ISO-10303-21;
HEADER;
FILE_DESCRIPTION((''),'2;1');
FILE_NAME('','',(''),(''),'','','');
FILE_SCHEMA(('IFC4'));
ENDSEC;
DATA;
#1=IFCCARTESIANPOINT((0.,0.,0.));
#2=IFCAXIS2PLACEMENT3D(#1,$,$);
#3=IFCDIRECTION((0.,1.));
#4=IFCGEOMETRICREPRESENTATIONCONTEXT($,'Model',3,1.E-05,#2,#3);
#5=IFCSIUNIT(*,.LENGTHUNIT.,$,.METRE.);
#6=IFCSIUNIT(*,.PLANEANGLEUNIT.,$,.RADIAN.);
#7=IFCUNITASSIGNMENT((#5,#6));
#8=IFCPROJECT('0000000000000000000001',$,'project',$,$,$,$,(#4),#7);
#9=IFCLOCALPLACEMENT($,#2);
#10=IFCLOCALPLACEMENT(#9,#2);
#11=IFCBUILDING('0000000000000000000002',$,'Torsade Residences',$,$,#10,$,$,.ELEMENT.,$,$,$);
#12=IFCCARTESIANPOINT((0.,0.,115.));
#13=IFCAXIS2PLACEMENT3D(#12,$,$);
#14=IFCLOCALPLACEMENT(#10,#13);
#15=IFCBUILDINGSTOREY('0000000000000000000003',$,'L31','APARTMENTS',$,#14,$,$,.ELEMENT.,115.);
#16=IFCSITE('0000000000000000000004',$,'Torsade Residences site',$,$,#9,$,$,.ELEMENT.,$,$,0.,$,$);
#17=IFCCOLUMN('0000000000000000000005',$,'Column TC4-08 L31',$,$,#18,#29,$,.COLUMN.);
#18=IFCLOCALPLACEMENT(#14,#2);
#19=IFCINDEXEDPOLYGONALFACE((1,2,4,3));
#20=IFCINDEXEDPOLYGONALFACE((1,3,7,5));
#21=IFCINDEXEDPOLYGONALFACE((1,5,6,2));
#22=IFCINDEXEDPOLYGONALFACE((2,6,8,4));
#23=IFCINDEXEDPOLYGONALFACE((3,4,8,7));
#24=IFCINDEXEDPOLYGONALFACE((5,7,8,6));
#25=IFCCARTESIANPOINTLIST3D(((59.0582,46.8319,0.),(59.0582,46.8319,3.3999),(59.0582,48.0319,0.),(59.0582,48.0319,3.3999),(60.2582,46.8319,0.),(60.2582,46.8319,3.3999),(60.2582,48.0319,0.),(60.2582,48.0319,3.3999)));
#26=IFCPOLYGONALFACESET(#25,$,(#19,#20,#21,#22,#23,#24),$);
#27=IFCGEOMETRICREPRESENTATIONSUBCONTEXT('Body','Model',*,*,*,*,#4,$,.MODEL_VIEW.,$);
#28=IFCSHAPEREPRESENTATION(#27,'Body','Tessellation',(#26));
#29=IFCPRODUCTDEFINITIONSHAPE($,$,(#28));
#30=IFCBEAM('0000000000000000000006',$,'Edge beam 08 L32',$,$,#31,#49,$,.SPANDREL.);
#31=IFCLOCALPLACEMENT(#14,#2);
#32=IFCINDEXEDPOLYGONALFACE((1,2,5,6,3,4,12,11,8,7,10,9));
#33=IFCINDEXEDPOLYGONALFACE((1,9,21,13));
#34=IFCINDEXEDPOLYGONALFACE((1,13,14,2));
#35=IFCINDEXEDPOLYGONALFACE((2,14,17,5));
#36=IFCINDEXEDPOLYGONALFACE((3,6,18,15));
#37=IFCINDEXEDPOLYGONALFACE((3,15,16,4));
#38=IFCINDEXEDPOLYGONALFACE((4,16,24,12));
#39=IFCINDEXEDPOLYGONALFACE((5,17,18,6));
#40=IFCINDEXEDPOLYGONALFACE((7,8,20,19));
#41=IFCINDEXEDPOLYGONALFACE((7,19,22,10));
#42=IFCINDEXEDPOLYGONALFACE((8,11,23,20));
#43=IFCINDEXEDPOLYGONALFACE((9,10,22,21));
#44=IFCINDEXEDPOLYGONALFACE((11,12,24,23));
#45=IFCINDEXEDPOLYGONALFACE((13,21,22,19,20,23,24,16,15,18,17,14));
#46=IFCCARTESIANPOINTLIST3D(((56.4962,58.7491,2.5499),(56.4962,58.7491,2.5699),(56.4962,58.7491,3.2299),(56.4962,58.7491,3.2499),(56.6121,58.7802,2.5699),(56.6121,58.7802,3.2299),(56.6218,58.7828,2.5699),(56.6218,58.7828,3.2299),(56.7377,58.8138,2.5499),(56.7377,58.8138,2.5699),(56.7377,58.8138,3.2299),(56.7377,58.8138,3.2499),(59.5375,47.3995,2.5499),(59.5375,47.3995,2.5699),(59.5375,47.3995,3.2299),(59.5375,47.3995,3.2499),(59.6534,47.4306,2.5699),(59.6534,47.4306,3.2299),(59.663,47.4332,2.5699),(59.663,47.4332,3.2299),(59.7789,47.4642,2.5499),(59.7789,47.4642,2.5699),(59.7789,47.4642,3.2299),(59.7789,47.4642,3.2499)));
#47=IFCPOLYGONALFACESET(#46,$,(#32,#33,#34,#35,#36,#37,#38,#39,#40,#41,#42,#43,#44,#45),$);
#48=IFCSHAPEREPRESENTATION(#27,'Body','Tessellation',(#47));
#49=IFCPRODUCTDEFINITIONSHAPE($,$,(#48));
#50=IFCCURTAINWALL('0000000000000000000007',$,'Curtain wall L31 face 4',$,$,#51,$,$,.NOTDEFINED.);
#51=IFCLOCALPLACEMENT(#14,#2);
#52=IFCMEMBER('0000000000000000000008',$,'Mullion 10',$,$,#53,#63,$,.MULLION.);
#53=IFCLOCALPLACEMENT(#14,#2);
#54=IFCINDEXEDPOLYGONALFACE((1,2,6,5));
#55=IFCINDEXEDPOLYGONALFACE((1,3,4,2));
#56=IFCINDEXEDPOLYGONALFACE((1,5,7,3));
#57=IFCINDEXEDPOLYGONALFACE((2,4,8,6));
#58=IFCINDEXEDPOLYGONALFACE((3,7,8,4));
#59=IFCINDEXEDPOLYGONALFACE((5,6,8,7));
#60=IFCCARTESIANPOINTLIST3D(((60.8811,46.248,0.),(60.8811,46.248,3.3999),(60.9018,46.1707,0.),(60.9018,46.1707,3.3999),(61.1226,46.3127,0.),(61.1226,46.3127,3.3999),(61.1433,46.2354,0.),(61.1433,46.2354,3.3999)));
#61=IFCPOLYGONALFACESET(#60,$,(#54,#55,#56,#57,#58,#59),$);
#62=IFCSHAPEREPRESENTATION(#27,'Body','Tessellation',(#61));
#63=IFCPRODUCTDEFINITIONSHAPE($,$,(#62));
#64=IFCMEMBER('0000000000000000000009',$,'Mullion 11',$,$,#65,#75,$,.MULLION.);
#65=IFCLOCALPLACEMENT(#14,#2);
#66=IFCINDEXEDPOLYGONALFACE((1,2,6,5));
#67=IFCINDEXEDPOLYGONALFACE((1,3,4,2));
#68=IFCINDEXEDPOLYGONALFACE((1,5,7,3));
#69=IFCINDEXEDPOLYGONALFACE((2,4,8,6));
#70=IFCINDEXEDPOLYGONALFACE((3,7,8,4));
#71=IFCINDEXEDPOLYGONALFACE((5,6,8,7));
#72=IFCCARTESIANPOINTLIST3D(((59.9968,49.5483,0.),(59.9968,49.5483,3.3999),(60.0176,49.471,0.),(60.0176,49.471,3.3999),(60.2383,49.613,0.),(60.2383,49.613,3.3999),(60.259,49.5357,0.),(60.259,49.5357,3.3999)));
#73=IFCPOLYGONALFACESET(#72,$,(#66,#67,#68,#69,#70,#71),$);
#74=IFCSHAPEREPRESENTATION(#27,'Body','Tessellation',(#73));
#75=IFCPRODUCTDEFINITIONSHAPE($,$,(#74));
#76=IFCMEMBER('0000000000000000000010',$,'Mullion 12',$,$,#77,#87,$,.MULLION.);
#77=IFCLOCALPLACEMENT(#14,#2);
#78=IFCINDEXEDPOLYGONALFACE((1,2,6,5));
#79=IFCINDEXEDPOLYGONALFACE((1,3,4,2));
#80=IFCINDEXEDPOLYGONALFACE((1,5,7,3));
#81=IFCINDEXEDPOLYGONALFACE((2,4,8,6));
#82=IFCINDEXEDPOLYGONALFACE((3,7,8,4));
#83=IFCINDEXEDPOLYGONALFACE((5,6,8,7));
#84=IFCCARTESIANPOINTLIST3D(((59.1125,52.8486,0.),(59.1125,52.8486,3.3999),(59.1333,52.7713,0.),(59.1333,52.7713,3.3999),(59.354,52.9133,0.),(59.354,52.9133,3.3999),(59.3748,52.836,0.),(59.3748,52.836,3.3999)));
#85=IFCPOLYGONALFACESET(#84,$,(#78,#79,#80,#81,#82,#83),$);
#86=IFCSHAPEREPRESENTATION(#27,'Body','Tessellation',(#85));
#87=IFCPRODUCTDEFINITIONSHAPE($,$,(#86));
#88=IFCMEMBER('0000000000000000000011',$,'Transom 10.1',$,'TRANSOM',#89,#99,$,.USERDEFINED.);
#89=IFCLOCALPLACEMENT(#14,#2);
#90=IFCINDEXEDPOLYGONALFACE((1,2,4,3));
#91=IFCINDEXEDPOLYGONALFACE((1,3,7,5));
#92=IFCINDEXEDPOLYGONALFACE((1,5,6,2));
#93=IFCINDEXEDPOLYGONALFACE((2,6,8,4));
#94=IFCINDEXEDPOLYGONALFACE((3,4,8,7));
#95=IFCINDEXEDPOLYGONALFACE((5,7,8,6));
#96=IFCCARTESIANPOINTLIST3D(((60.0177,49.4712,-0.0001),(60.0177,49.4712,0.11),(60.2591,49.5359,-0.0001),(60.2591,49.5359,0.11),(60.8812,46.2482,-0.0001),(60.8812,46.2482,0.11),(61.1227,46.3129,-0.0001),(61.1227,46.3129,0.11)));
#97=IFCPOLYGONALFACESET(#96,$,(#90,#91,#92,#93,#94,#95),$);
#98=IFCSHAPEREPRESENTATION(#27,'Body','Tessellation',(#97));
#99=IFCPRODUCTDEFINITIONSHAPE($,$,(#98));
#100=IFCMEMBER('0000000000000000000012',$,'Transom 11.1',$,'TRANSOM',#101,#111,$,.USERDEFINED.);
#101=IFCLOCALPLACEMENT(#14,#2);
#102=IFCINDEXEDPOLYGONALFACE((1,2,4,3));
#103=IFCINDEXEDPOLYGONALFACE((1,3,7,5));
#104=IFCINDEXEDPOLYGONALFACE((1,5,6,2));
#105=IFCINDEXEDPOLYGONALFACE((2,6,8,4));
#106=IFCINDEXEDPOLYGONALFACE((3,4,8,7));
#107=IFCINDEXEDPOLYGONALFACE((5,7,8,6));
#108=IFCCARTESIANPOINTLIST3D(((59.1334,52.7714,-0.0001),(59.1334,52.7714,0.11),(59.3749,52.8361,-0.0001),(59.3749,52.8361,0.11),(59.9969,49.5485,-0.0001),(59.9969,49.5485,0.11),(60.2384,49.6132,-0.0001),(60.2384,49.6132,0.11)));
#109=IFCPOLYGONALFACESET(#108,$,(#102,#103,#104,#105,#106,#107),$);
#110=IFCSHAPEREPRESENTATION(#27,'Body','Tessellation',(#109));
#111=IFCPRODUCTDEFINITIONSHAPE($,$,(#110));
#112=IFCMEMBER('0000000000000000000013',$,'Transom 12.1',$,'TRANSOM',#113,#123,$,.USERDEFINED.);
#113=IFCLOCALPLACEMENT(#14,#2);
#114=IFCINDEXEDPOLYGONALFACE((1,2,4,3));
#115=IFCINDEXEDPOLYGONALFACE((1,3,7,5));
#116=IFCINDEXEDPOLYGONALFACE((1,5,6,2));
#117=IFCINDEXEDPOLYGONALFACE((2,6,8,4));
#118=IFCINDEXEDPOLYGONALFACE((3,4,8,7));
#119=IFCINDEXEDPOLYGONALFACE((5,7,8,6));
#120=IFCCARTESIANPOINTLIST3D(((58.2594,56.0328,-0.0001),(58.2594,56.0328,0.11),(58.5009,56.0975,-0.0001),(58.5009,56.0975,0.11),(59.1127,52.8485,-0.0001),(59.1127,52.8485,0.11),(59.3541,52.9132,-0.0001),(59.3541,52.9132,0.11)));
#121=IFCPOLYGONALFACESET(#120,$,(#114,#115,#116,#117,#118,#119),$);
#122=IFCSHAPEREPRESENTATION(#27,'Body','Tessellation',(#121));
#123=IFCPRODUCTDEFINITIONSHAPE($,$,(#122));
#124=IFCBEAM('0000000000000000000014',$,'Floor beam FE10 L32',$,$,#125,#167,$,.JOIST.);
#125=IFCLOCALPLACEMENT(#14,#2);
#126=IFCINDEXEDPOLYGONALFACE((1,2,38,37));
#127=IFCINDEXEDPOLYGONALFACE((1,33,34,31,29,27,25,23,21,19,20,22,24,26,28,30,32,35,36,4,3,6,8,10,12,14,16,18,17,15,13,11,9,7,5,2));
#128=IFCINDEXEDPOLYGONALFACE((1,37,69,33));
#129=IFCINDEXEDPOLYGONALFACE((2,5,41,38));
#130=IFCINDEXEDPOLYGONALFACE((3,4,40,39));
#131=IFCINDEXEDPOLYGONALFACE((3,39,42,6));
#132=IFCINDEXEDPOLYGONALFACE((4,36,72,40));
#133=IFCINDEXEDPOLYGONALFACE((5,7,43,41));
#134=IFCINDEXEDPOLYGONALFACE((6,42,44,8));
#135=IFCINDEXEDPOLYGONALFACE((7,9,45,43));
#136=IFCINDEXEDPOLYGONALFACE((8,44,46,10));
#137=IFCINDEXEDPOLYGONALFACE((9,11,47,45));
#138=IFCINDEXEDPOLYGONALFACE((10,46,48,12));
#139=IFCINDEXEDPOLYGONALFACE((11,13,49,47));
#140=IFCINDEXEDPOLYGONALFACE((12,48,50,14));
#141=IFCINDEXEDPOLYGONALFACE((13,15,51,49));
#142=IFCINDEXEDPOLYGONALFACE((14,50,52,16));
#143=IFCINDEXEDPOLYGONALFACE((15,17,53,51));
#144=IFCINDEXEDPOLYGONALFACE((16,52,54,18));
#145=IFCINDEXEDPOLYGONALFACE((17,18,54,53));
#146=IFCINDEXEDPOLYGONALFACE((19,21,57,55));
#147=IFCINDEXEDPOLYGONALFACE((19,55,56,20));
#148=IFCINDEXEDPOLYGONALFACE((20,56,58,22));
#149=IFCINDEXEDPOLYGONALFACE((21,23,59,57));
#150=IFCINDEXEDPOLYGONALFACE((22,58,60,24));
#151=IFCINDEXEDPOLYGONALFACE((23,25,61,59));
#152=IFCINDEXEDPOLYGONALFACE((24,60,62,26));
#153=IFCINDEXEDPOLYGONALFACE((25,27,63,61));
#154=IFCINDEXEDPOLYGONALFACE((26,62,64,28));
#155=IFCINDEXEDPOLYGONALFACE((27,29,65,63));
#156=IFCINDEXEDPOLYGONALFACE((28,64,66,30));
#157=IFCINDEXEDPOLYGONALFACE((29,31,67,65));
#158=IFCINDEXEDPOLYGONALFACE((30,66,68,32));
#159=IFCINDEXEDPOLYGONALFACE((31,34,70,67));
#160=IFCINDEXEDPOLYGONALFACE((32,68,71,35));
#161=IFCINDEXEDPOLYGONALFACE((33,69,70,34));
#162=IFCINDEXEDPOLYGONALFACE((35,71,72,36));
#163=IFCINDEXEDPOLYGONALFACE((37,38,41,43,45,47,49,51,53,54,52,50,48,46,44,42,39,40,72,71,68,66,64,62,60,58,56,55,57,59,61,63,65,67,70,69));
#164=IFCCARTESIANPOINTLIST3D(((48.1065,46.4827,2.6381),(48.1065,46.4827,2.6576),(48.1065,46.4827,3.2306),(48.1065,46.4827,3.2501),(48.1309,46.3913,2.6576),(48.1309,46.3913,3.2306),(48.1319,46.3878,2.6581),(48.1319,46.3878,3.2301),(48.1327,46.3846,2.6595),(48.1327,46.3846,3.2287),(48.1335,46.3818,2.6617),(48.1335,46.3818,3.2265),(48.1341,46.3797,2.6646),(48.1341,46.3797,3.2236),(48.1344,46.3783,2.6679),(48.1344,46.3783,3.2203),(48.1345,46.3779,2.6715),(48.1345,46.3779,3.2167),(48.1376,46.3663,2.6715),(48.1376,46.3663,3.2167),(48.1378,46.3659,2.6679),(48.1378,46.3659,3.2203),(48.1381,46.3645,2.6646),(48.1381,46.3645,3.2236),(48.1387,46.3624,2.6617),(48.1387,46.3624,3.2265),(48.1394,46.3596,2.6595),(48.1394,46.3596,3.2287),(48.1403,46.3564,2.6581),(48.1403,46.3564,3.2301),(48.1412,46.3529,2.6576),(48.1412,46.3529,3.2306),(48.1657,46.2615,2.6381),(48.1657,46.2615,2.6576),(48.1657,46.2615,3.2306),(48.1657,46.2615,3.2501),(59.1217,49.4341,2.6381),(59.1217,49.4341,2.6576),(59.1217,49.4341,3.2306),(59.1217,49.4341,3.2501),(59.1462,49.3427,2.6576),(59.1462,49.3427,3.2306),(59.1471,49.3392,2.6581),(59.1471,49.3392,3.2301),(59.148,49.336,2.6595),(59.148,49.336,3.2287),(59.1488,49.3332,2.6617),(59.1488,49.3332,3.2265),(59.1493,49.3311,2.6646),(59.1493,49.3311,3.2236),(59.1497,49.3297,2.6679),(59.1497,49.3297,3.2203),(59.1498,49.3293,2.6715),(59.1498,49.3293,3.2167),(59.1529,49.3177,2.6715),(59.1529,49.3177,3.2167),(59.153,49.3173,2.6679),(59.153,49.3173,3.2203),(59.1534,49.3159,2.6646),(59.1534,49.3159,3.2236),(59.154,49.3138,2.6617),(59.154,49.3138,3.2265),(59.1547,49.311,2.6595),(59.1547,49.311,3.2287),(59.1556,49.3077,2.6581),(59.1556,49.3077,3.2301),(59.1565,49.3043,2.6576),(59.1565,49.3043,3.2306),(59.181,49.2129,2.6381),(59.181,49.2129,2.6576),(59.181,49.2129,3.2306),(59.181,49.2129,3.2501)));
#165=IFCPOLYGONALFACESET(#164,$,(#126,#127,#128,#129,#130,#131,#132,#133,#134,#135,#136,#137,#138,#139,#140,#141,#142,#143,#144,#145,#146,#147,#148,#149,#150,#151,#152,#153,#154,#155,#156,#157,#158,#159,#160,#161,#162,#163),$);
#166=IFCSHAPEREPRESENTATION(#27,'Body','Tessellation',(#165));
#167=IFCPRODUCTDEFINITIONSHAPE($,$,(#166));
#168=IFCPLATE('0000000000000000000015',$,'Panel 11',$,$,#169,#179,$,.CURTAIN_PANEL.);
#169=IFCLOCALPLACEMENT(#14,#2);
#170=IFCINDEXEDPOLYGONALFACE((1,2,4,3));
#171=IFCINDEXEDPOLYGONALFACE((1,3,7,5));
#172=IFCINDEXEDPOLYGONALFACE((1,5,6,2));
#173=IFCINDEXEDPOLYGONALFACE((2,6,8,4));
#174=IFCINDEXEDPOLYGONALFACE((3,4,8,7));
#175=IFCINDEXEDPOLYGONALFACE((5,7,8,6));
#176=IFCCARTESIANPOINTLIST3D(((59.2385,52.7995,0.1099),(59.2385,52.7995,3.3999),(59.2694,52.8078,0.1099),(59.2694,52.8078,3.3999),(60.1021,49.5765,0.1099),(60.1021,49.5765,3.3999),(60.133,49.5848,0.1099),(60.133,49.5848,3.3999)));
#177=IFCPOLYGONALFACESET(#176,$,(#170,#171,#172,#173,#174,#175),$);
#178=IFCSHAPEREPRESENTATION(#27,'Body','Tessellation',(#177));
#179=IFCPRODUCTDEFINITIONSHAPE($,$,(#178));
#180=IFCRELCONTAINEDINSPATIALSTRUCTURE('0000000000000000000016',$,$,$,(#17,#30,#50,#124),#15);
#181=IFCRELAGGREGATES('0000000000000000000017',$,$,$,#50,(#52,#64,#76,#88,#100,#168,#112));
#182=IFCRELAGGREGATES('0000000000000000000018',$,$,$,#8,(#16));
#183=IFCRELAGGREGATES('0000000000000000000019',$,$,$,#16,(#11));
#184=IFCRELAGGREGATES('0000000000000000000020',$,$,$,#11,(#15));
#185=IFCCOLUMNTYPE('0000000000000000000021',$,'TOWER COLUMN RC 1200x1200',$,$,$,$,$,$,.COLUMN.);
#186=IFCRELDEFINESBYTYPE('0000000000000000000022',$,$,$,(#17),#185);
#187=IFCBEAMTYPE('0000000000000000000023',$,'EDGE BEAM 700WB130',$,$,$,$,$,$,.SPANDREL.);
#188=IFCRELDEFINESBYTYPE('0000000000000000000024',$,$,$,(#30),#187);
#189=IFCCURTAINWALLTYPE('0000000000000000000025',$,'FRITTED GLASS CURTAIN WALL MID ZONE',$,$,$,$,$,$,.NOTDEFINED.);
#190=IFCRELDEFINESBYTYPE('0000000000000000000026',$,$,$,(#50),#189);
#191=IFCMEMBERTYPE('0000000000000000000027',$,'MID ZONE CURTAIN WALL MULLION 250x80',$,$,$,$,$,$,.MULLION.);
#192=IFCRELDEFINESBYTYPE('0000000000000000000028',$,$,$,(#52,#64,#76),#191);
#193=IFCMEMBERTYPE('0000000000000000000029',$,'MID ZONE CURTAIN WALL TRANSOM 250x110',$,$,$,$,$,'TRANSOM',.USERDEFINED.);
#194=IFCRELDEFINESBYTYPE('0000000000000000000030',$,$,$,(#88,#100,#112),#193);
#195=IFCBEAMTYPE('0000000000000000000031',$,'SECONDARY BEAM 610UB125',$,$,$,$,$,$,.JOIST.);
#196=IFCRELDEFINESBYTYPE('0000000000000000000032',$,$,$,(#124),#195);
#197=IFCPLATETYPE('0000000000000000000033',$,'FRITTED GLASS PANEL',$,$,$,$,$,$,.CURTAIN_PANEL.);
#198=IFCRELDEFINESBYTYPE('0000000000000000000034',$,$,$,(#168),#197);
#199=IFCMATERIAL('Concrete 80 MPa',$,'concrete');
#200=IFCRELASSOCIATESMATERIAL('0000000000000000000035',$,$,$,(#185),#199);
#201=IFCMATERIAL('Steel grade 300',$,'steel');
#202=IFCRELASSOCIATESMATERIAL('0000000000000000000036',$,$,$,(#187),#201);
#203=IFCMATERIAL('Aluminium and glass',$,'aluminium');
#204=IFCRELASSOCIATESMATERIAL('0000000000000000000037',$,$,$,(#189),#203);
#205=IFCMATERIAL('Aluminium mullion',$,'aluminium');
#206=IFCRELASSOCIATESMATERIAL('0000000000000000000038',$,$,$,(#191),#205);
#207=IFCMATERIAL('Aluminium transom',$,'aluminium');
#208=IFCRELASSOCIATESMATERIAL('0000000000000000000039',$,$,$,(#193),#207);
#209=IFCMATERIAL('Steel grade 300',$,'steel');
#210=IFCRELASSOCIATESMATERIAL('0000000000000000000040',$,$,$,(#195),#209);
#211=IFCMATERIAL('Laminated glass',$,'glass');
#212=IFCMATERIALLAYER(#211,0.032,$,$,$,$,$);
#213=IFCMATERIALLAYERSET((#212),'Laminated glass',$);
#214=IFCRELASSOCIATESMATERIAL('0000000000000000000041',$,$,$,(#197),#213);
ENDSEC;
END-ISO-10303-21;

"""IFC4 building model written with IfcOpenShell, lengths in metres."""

from ifc_helpers import new_model, si_unit, direction, frame, origin, origin_2d, place, context, subcontext, project, spatial, rectangle, i_section, extrude, material, layer, layer_set, material_profile, profile_set, type_object, element, aggregate, save


model = new_model("IFC4")

# Units and contexts
model_context = context("Model", 3, precision=1e-05, world=origin(), true_north=direction((0.0, 1.0)))
body_context = subcontext(model_context, "Body", "Model", "MODEL_VIEW")
ifc_project = project(units=[si_unit("LENGTHUNIT", "METRE"), si_unit("PLANEANGLEUNIT", "RADIAN")], contexts=[model_context])

# Site, building, storey
site_placement = place(None, origin())
site = spatial("IfcSite", under=ifc_project, at=site_placement, Name="Torsade Residences site", CompositionType="ELEMENT", RefElevation=0.0)
building_placement = place(site_placement, origin())
building = spatial("IfcBuilding", under=site, at=building_placement, Name="Torsade Residences", CompositionType="ELEMENT")
storey_placement = place(building_placement, frame((0.0, 0.0, 115.0)))
storey = spatial("IfcBuildingStorey", under=building, at=storey_placement, Name="L31", Description="APARTMENTS", CompositionType="ELEMENT", Elevation=115.0)

# Column
ifc_material_1 = material(Name="Concrete 80 MPa", Category="concrete")
ifc_material_profile_1 = material_profile(ifc_material_1, rectangle(XDim=1.2, YDim=1.2, at=origin_2d()), Name="RC 1200x1200")
ifc_profile_set_1 = profile_set([ifc_material_profile_1], Name="Concrete 80 MPa")
column_type = type_object("IfcColumnType", Name="TOWER COLUMN RC 1200x1200", PredefinedType="COLUMN", material=ifc_profile_set_1)
column_placement = place(storey_placement, frame((59.6582, 47.4319, 0.0), z_axis=(0.0, 0.0, 1.0), x_axis=(1.0, 0.0, 0.0)))
element("IfcColumn", 1, at=column_placement, inside=storey, type_object=column_type, Name="Column TC4-08 L31", PredefinedType="COLUMN", context=body_context, shape_type="SweptSolid", body=[
    extrude(rectangle(XDim=1.2, YDim=1.2, at=origin_2d()), origin(), (0.0, 0.0, 1.0), 3.3999),
])

# Beam
ifc_material_2 = material(Name="Steel grade 300", Category="steel")
ifc_material_profile_2 = material_profile(ifc_material_2, i_section(OverallWidth=0.25, OverallDepth=0.7, WebThickness=0.01, FlangeThickness=0.02, at=origin_2d()), Name="700WB130")
ifc_profile_set_2 = profile_set([ifc_material_profile_2], Name="Steel grade 300")
beam_type_1 = type_object("IfcBeamType", Name="EDGE BEAM 700WB130", PredefinedType="SPANDREL", material=ifc_profile_set_2)
beam_1_placement = place(storey_placement, frame((59.6582, 47.4319, 2.8999), z_axis=(-0.25883, 0.965923, 0.0), x_axis=(-0.965923, -0.25883, 0.0)))
element("IfcBeam", 2, at=beam_1_placement, inside=storey, type_object=beam_type_1, Name="Edge beam 08 L32", PredefinedType="SPANDREL", context=body_context, shape_type="SweptSolid", body=[
    extrude(i_section(OverallWidth=0.25, OverallDepth=0.7, WebThickness=0.01, FlangeThickness=0.02, at=origin_2d()), origin(), (0.0, 0.0, 1.0), 11.75),
])

# Curtain wall, members
ifc_material_3 = material(Name="Aluminium and glass", Category="aluminium")
curtain_wall_type = type_object("IfcCurtainWallType", Name="FRITTED GLASS CURTAIN WALL MID ZONE", PredefinedType="NOTDEFINED", material=ifc_material_3)
curtain_wall_placement = place(storey_placement, origin())
curtain_wall = element("IfcCurtainWall", 3, at=curtain_wall_placement, inside=storey, type_object=curtain_wall_type, Name="Curtain wall L31 face 4", PredefinedType="NOTDEFINED")
ifc_material_4 = material(Name="Aluminium mullion", Category="aluminium")
ifc_material_profile_3 = material_profile(ifc_material_4, rectangle(XDim=0.25, YDim=0.0801, at=origin_2d()), Name="MID ZONE CURTAIN WALL MULLION 250x80")
ifc_profile_set_3 = profile_set([ifc_material_profile_3], Name="Aluminium mullion")
member_type_1 = type_object("IfcMemberType", Name="MID ZONE CURTAIN WALL MULLION 250x80", PredefinedType="MULLION", material=ifc_profile_set_3)
member_1_placement = place(storey_placement, frame((61.0122, 46.2417, 0.0), z_axis=(0.0, 0.0, 1.0), x_axis=(-0.965926, -0.258819, 0.0)))
member_1 = element("IfcMember", 4, at=member_1_placement, type_object=member_type_1, Name="Mullion 10", PredefinedType="MULLION", context=body_context, shape_type="SweptSolid", body=[
    extrude(rectangle(XDim=0.25, YDim=0.0801, at=origin_2d()), origin(), (0.0, 0.0, 1.0), 3.3999),
])
member_2_placement = place(storey_placement, frame((60.1279, 49.542, 0.0), z_axis=(0.0, 0.0, 1.0), x_axis=(-0.965926, -0.258819, 0.0)))
member_2 = element("IfcMember", 5, at=member_2_placement, type_object=member_type_1, Name="Mullion 11", PredefinedType="MULLION", context=body_context, shape_type="SweptSolid", body=[
    extrude(rectangle(XDim=0.25, YDim=0.0801, at=origin_2d()), origin(), (0.0, 0.0, 1.0), 3.3999),
])
member_3_placement = place(storey_placement, frame((59.2437, 52.8423, 0.0), z_axis=(0.0, 0.0, 1.0), x_axis=(-0.965926, -0.258819, 0.0)))
member_3 = element("IfcMember", 6, at=member_3_placement, type_object=member_type_1, Name="Mullion 12", PredefinedType="MULLION", context=body_context, shape_type="SweptSolid", body=[
    extrude(rectangle(XDim=0.25, YDim=0.0801, at=origin_2d()), origin(), (0.0, 0.0, 1.0), 3.3999),
])
ifc_material_5 = material(Name="Aluminium transom", Category="aluminium")
ifc_material_profile_4 = material_profile(ifc_material_5, rectangle(XDim=0.25, YDim=0.1101, at=origin_2d()), Name="MID ZONE CURTAIN WALL TRANSOM 250x110")
ifc_profile_set_4 = profile_set([ifc_material_profile_4], Name="Aluminium transom")
member_type_2 = type_object("IfcMemberType", Name="MID ZONE CURTAIN WALL TRANSOM 250x110", ElementType="TRANSOM", PredefinedType="USERDEFINED", material=ifc_profile_set_4)
member_4_placement = place(storey_placement, frame((61.002, 46.2805, 0.0549), z_axis=(-0.258806, 0.965929, 0.0), x_axis=(-0.965929, -0.258806, 0.0)))
member_4 = element("IfcMember", 7, at=member_4_placement, type_object=member_type_2, Name="Transom 10.1", ObjectType="TRANSOM", PredefinedType="USERDEFINED", context=body_context, shape_type="SweptSolid", body=[
    extrude(rectangle(XDim=0.25, YDim=0.1101, at=origin_2d()), origin(), (0.0, 0.0, 1.0), 3.3367),
])
member_5_placement = place(storey_placement, frame((60.1177, 49.5808, 0.0549), z_axis=(-0.258806, 0.965929, 0.0), x_axis=(-0.965929, -0.258806, 0.0)))
member_5 = element("IfcMember", 8, at=member_5_placement, type_object=member_type_2, Name="Transom 11.1", ObjectType="TRANSOM", PredefinedType="USERDEFINED", context=body_context, shape_type="SweptSolid", body=[
    extrude(rectangle(XDim=0.25, YDim=0.1101, at=origin_2d()), origin(), (0.0, 0.0, 1.0), 3.3367),
])
member_6_placement = place(storey_placement, frame((59.2334, 52.8809, 0.0549), z_axis=(-0.258829, 0.965923, 0.0), x_axis=(-0.965923, -0.258829, 0.0)))
member_6 = element("IfcMember", 9, at=member_6_placement, type_object=member_type_2, Name="Transom 12.1", ObjectType="TRANSOM", PredefinedType="USERDEFINED", context=body_context, shape_type="SweptSolid", body=[
    extrude(rectangle(XDim=0.25, YDim=0.1101, at=origin_2d()), origin(), (0.0, 0.0, 1.0), 3.2966),
])

# Beam
ifc_material_6 = material(Name="Steel grade 300", Category="steel")
ifc_material_profile_5 = material_profile(ifc_material_6, i_section(OverallWidth=0.229, OverallDepth=0.6121, WebThickness=0.012, FlangeThickness=0.0195, FilletRadius=0.0139, at=origin_2d()), Name="610UB125")
ifc_profile_set_5 = profile_set([ifc_material_profile_5], Name="Steel grade 300")
beam_type_2 = type_object("IfcBeamType", Name="SECONDARY BEAM 610UB125", PredefinedType="JOIST", material=ifc_profile_set_5)
beam_2_placement = place(storey_placement, frame((59.1514, 49.3235, 2.9441), z_axis=(-0.965929, -0.258807, 0.0), x_axis=(0.258807, -0.965929, 0.0)))
element("IfcBeam", 10, at=beam_2_placement, inside=storey, type_object=beam_type_2, Name="Floor beam FE10 L32", PredefinedType="JOIST", context=body_context, shape_type="SweptSolid", body=[
    extrude(i_section(OverallWidth=0.229, OverallDepth=0.6121, WebThickness=0.012, FlangeThickness=0.0195, FilletRadius=0.0139, at=origin_2d()), origin(), (0.0, 0.0, 1.0), 11.4038),
])

# Plate
ifc_material_7 = material(Name="Laminated glass", Category="glass")
ifc_layer_1 = layer(ifc_material_7, 0.032)
ifc_layer_set_1 = layer_set([ifc_layer_1], Name="Laminated glass")
plate_type_1 = type_object("IfcPlateType", Name="FRITTED GLASS PANEL", PredefinedType="CURTAIN_PANEL", material=ifc_layer_set_1)
plate_1_placement = place(storey_placement, frame((59.6858, 51.1921, 0.1099), z_axis=(0.0, 0.0, 1.0), x_axis=(-0.258819, 0.965926, 0.0)))
plate_1 = element("IfcPlate", 11, at=plate_1_placement, type_object=plate_type_1, Name="Panel 11", PredefinedType="CURTAIN_PANEL", context=body_context, shape_type="SweptSolid", body=[
    extrude(rectangle(XDim=3.3367, YDim=0.032, at=origin_2d()), origin(), (0.0, 0.0, 1.0), 3.29),
])
aggregate(curtain_wall, [member_1, member_2, member_3, member_4, member_5, plate_1, member_6])

save(model, "model.ifc")
